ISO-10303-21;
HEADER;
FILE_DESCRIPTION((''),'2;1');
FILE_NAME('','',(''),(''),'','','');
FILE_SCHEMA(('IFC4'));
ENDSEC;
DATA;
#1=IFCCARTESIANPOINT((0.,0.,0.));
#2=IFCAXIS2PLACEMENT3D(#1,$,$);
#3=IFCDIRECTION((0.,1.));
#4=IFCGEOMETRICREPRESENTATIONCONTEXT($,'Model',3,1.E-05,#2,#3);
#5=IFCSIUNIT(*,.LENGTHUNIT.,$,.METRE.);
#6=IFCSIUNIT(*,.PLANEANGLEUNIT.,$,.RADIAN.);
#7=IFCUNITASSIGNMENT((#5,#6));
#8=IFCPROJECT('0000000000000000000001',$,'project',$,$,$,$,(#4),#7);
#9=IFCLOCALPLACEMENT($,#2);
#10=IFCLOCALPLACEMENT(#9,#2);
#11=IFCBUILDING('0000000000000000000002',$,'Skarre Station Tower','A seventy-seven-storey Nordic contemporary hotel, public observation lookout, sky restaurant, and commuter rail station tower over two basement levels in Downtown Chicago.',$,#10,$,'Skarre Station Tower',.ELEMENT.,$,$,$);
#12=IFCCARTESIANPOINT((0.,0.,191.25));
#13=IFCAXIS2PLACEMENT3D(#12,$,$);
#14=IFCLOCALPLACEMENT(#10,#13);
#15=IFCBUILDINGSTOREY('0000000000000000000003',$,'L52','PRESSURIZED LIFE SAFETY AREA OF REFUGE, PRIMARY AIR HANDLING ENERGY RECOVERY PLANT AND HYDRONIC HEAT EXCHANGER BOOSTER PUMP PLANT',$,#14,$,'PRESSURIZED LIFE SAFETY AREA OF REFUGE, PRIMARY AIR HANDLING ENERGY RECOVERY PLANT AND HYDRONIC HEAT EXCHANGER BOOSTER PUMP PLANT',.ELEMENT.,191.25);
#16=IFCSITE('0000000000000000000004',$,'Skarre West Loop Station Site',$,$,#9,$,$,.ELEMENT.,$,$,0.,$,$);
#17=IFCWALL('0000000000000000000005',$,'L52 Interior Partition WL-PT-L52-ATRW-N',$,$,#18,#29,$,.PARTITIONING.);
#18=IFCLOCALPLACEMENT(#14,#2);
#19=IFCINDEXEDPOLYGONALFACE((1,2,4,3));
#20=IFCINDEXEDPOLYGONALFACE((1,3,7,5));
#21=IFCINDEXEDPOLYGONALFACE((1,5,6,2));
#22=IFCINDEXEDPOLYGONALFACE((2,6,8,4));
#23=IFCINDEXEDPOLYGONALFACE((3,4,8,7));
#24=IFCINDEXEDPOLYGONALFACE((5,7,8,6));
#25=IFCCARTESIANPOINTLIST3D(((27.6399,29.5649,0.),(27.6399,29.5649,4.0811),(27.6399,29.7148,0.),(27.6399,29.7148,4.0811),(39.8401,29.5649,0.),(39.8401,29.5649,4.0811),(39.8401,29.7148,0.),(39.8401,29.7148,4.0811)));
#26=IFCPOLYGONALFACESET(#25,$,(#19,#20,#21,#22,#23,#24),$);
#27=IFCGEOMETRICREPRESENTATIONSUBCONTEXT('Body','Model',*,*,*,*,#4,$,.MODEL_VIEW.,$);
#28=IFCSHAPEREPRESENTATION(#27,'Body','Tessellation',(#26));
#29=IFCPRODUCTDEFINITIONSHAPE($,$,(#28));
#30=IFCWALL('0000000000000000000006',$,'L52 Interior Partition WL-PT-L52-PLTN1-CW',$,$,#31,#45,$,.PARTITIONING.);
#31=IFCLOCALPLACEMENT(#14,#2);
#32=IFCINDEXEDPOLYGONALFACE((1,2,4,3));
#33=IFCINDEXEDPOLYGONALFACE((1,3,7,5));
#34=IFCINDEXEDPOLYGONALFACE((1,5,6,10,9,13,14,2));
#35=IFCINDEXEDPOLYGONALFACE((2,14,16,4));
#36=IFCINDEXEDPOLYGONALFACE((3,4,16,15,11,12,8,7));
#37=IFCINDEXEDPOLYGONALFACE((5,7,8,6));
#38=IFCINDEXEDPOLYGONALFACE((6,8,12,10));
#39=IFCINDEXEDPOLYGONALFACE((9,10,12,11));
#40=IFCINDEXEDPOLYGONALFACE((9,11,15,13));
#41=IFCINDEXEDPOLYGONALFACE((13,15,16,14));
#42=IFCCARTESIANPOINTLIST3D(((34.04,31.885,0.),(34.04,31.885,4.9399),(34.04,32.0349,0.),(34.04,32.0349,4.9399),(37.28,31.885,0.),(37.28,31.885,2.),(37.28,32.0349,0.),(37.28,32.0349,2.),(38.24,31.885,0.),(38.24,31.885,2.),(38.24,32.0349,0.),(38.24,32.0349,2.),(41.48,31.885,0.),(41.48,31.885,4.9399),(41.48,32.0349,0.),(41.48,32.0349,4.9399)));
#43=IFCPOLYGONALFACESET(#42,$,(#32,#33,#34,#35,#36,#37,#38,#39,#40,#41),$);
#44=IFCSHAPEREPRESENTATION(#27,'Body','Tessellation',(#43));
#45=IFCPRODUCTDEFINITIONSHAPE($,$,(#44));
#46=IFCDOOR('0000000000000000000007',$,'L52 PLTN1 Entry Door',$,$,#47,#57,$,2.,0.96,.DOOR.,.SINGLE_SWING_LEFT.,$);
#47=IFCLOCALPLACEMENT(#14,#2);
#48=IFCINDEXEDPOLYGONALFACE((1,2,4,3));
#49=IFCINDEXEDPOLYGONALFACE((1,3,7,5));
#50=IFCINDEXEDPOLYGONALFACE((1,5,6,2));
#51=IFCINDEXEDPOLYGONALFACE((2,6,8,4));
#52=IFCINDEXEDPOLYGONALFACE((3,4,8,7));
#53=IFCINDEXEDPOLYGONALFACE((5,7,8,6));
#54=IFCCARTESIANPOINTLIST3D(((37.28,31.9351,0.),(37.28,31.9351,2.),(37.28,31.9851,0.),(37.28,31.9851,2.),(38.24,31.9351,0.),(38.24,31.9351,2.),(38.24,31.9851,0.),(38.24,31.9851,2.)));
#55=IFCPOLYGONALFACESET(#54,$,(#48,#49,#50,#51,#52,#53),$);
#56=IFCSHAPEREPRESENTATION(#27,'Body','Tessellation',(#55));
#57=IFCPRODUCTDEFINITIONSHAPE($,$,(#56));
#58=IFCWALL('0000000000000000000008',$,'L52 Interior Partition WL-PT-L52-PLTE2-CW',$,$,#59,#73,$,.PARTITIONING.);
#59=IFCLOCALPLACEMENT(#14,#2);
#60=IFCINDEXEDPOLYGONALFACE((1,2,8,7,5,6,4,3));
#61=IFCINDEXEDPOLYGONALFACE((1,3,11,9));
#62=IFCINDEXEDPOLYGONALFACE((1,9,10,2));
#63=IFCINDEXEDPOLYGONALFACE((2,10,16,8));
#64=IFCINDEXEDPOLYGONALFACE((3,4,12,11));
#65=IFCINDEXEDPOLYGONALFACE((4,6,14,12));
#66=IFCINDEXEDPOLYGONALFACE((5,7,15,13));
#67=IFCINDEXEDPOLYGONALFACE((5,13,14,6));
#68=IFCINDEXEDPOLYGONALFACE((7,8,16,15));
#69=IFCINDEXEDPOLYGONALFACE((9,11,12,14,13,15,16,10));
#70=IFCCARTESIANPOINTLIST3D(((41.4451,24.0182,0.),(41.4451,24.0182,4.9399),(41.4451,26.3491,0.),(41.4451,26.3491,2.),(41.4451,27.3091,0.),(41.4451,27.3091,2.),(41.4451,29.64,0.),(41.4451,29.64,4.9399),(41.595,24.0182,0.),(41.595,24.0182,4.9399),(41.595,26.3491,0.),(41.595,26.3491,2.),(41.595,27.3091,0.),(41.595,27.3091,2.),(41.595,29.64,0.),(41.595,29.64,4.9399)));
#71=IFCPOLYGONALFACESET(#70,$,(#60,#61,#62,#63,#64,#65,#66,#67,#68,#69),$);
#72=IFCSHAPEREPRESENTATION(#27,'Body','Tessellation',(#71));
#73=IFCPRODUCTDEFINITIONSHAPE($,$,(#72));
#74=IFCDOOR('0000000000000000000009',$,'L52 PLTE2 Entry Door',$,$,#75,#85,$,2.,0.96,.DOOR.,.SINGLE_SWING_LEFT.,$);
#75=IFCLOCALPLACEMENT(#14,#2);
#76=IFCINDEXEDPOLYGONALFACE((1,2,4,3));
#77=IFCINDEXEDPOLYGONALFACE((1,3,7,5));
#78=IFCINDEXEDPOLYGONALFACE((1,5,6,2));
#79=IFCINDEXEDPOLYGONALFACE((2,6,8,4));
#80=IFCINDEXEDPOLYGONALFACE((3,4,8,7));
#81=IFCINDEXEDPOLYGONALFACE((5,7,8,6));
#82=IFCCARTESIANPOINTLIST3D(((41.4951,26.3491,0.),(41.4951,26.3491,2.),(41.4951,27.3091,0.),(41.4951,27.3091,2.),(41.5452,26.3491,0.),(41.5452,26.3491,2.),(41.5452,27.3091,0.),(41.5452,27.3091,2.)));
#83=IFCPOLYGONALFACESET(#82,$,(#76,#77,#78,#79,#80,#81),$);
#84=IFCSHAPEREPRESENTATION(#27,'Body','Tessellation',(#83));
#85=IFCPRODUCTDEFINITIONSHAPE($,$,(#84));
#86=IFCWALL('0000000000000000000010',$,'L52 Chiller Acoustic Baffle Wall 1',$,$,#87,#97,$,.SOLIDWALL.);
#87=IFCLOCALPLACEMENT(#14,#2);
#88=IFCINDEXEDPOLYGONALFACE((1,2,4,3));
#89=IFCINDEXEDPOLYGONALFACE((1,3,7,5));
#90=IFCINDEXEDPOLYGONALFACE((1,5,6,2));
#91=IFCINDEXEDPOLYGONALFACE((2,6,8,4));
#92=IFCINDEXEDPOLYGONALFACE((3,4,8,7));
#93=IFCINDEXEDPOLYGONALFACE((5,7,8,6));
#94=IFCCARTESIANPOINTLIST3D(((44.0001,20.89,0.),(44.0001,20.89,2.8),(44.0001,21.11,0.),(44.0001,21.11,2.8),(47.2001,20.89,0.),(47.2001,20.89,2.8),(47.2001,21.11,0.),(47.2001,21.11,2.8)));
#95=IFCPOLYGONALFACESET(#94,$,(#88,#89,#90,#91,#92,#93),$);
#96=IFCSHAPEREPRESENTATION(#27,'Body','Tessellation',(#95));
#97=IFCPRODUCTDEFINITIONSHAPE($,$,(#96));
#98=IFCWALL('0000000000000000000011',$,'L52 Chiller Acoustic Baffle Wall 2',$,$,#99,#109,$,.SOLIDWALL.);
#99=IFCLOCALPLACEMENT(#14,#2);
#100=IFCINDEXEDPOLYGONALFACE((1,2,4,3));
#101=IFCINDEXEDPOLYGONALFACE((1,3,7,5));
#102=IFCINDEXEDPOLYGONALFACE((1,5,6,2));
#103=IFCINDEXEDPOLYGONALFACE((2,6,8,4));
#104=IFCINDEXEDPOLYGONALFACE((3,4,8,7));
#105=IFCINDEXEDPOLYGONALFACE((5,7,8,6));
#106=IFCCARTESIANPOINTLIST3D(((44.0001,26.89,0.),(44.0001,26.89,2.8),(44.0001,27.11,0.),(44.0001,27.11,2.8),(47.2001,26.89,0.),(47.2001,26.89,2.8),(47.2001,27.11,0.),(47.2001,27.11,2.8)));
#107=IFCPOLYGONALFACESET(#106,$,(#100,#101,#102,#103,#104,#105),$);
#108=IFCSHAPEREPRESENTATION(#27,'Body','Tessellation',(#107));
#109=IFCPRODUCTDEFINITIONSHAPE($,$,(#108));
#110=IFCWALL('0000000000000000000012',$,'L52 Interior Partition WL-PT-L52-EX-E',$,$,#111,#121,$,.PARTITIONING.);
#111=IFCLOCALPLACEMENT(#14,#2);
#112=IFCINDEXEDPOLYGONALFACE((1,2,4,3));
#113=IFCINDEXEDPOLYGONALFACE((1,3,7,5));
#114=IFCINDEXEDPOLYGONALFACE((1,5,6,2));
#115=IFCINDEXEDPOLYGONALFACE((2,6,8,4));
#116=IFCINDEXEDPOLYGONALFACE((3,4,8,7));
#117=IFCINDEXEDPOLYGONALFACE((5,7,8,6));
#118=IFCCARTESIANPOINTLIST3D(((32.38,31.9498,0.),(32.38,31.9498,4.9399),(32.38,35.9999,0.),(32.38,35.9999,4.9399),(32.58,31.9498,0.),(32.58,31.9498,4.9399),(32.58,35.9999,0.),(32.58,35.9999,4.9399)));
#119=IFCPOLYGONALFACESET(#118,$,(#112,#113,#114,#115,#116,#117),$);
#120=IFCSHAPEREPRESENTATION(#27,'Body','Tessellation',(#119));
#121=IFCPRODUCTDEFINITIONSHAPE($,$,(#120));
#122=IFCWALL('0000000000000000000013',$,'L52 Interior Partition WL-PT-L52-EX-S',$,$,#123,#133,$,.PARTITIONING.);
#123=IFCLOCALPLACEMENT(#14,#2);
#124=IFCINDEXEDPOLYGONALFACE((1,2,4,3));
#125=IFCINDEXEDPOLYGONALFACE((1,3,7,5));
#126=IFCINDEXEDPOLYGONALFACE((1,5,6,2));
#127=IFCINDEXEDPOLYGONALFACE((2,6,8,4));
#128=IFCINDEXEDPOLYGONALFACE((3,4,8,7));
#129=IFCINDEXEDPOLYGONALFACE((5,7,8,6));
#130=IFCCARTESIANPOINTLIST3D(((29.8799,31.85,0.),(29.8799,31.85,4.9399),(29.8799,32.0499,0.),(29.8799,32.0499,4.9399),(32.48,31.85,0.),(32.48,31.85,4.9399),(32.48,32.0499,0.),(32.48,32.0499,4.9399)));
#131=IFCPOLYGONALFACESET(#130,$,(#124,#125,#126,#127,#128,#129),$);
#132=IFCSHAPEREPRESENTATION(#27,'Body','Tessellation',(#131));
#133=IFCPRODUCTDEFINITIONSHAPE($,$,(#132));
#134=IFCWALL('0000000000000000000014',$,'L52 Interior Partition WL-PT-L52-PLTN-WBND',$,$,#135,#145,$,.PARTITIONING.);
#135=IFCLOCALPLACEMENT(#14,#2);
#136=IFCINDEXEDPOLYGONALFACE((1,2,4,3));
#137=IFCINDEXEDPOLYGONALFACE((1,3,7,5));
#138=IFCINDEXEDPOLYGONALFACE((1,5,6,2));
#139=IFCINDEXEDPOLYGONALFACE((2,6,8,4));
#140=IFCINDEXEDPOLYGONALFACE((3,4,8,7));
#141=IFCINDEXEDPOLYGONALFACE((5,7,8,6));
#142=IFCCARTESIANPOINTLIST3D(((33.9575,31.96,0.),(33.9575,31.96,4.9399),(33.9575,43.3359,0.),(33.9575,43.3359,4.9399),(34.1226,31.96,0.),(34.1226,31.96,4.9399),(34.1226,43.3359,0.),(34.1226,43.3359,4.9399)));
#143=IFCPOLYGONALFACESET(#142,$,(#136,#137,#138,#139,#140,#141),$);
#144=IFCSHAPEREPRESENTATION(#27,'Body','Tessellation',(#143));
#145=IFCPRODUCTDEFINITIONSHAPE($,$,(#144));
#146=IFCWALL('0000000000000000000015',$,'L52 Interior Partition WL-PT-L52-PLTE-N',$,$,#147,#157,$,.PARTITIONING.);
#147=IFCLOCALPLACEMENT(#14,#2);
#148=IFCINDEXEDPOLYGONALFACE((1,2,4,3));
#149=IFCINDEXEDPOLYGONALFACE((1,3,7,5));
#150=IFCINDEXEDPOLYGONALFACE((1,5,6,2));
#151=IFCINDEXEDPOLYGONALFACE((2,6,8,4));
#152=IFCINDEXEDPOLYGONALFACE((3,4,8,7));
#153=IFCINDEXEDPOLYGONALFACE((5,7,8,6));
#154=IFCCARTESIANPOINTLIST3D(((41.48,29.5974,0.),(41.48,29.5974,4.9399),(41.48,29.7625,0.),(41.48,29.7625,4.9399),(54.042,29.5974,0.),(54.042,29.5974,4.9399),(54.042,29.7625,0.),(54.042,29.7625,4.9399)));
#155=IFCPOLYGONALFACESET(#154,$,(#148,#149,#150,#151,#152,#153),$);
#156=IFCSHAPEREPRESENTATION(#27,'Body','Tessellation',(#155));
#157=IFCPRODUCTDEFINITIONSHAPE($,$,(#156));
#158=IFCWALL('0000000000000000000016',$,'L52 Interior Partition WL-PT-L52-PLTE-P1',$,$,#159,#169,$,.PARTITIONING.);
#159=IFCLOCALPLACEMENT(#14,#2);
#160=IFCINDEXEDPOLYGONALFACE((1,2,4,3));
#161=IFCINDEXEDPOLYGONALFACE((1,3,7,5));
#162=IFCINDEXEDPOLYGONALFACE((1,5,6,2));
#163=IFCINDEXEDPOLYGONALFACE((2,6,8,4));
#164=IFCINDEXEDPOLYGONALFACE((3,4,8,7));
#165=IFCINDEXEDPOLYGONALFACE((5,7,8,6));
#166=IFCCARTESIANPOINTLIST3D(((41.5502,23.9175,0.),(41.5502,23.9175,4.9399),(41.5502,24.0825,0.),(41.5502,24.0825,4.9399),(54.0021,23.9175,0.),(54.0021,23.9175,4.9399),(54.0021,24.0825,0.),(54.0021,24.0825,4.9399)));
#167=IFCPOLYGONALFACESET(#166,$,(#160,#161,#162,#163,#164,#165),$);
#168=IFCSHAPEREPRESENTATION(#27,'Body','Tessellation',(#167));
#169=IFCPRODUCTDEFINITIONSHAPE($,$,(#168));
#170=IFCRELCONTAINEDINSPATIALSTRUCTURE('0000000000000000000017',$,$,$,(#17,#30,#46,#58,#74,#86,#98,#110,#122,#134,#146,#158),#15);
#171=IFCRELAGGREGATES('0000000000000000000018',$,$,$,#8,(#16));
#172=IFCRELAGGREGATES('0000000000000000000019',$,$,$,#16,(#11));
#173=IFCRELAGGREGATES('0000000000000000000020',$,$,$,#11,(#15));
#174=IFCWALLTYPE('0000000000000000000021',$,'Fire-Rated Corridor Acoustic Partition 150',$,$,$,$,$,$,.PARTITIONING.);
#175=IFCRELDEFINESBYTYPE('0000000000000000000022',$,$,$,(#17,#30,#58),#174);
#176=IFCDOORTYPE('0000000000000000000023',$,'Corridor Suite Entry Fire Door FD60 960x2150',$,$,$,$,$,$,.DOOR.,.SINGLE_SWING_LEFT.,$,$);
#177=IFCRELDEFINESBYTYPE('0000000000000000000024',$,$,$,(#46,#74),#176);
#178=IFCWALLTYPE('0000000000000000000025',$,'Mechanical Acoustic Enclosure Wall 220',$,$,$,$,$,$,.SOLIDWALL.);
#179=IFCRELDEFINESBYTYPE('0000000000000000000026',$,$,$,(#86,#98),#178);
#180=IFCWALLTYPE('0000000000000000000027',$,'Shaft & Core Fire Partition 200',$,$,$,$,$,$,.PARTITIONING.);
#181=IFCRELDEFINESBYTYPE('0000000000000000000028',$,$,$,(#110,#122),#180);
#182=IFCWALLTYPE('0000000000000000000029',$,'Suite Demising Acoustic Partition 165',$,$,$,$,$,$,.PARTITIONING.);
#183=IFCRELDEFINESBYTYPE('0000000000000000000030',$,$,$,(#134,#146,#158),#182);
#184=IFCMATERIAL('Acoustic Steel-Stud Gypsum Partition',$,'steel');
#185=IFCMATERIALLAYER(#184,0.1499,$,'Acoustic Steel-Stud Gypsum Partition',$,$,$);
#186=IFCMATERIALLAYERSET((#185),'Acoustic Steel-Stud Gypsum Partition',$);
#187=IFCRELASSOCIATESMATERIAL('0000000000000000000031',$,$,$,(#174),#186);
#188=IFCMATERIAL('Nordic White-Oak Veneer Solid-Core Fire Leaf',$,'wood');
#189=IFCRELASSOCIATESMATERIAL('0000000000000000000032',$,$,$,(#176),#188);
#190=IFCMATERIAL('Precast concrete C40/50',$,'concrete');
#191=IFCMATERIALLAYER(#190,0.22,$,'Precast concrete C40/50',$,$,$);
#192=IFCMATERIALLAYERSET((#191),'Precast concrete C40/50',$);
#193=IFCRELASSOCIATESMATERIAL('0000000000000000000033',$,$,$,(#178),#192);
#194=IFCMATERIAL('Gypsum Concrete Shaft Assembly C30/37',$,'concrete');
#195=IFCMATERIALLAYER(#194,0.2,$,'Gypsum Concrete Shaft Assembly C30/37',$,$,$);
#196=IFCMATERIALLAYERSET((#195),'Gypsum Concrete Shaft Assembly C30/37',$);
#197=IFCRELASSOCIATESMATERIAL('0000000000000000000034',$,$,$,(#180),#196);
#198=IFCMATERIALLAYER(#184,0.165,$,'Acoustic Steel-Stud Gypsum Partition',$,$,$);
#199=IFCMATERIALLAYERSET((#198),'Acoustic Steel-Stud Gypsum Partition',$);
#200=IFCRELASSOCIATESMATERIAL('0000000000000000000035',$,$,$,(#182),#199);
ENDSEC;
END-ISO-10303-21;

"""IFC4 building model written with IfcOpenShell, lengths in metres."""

from ifc_helpers import new_model, si_unit, direction, frame, frame_2d, origin, place, context, subcontext, project, spatial, rectangle, extrude, material, layer, layer_set, type_object, element, fill, save


model = new_model("IFC4")

# Units and contexts
model_context = context("Model", 3, precision=1e-05, world=origin(), true_north=direction((0.0, 1.0)))
body_context = subcontext(model_context, "Body", "Model", "MODEL_VIEW")
ifc_project = project(units=[si_unit("LENGTHUNIT", "METRE"), si_unit("PLANEANGLEUNIT", "RADIAN")], contexts=[model_context])

# Site, building, storey
site_placement = place(None, origin())
site = spatial("IfcSite", under=ifc_project, at=site_placement, Name="Skarre West Loop Station Site", CompositionType="ELEMENT", RefElevation=0.0)
building_placement = place(site_placement, origin())
building = spatial("IfcBuilding", under=site, at=building_placement, Name="Skarre Station Tower", Description="A seventy-seven-storey Nordic contemporary hotel, public observation lookout, sky restaurant, and commuter rail station tower over two basement levels in Downtown Chicago.", LongName="Skarre Station Tower", CompositionType="ELEMENT")
storey_placement = place(building_placement, frame((0.0, 0.0, 191.25)))
storey = spatial("IfcBuildingStorey", under=building, at=storey_placement, Name="L52", Description="PRESSURIZED LIFE SAFETY AREA OF REFUGE, PRIMARY AIR HANDLING ENERGY RECOVERY PLANT AND HYDRONIC HEAT EXCHANGER BOOSTER PUMP PLANT", LongName="PRESSURIZED LIFE SAFETY AREA OF REFUGE, PRIMARY AIR HANDLING ENERGY RECOVERY PLANT AND HYDRONIC HEAT EXCHANGER BOOSTER PUMP PLANT", CompositionType="ELEMENT", Elevation=191.25)

# Wall
ifc_material_1 = material(Name="Acoustic Steel-Stud Gypsum Partition", Category="steel")
ifc_layer_1 = layer(ifc_material_1, 0.1499, Name="Acoustic Steel-Stud Gypsum Partition")
ifc_layer_set_1 = layer_set([ifc_layer_1], Name="Acoustic Steel-Stud Gypsum Partition")
wall_type_1 = type_object("IfcWallType", Name="Fire-Rated Corridor Acoustic Partition 150", PredefinedType="PARTITIONING", material=ifc_layer_set_1)
wall_1_placement = place(storey_placement, frame((39.8401, 29.6399, 0.0), z_axis=(0.0, 0.0, 1.0), x_axis=(-1.0, 0.0, 0.0)))
element("IfcWall", 1, at=wall_1_placement, inside=storey, type_object=wall_type_1, Name="L52 Interior Partition WL-PT-L52-ATRW-N", PredefinedType="PARTITIONING", context=body_context, shape_type="SweptSolid", body=[
    extrude(rectangle(XDim=12.2002, YDim=0.1499, at=frame_2d((6.1001, 0.0))), origin(), (0.0, 0.0, 1.0), 4.0811),
])

# Walls, openings, doors
wall_2_placement = place(storey_placement, frame((41.48, 31.96, 0.0), z_axis=(0.0, 0.0, 1.0), x_axis=(-1.0, 0.0, 0.0)))
wall_2 = element("IfcWall", 2, at=wall_2_placement, inside=storey, type_object=wall_type_1, Name="L52 Interior Partition WL-PT-L52-PLTN1-CW", PredefinedType="PARTITIONING", context=body_context, shape_type="SweptSolid", body=[
    extrude(rectangle(XDim=7.4399, YDim=0.1499, at=frame_2d((3.72, 0.0))), origin(), (0.0, 0.0, 1.0), 4.9399),
])
opening_1_placement = place(wall_2_placement, frame((3.24, 0.0, 0.0)))
opening_1 = element("IfcOpeningElement", 3, at=opening_1_placement, cuts=wall_2, PredefinedType="OPENING", context=body_context, shape_type="SweptSolid", body=[
    extrude(rectangle(XDim=0.96, YDim=2.0, at=frame_2d((0.48, 1.0))), frame((0.0, 0.085, 0.0), z_axis=(0.0, -1.0, 0.0), x_axis=(1.0, 0.0, 0.0)), (0.0, 0.0, 1.0), 0.1699),
])
ifc_material_2 = material(Name="Nordic White-Oak Veneer Solid-Core Fire Leaf", Category="wood")
door_type = type_object("IfcDoorType", Name="Corridor Suite Entry Fire Door FD60 960x2150", OperationType="SINGLE_SWING_LEFT", PredefinedType="DOOR", material=ifc_material_2)
door_1_placement = place(opening_1_placement, origin())
door_1 = element("IfcDoor", 4, at=door_1_placement, inside=storey, type_object=door_type, Name="L52 PLTN1 Entry Door", OperationType="SINGLE_SWING_LEFT", OverallHeight=2.0, OverallWidth=0.96, PredefinedType="DOOR", context=body_context, shape_type="SweptSolid", body=[
    extrude(rectangle(XDim=0.96, YDim=2.0, at=frame_2d((0.48, 1.0))), frame((0.0, 0.0249, 0.0), z_axis=(0.0, -1.0, 0.0), x_axis=(1.0, 0.0, 0.0)), (0.0, 0.0, 1.0), 0.05),
])
fill(opening_1, door_1)
wall_3_placement = place(storey_placement, frame((41.52, 24.0181, 0.0), z_axis=(0.0, 0.0, 1.0), x_axis=(0.0, 1.0, 0.0)))
wall_3 = element("IfcWall", 5, at=wall_3_placement, inside=storey, type_object=wall_type_1, Name="L52 Interior Partition WL-PT-L52-PLTE2-CW", PredefinedType="PARTITIONING", context=body_context, shape_type="SweptSolid", body=[
    extrude(rectangle(XDim=5.6218, YDim=0.1499, at=frame_2d((2.811, 0.0))), origin(), (0.0, 0.0, 1.0), 4.9399),
])
opening_2_placement = place(wall_3_placement, frame((2.3311, 0.0, 0.0)))
opening_2 = element("IfcOpeningElement", 6, at=opening_2_placement, cuts=wall_3, PredefinedType="OPENING", context=body_context, shape_type="SweptSolid", body=[
    extrude(rectangle(XDim=0.96, YDim=2.0, at=frame_2d((0.48, 1.0))), frame((0.0, 0.085, 0.0), z_axis=(0.0, -1.0, 0.0), x_axis=(1.0, 0.0, 0.0)), (0.0, 0.0, 1.0), 0.1699),
])
door_2_placement = place(opening_2_placement, origin())
door_2 = element("IfcDoor", 7, at=door_2_placement, inside=storey, type_object=door_type, Name="L52 PLTE2 Entry Door", OperationType="SINGLE_SWING_LEFT", OverallHeight=2.0, OverallWidth=0.96, PredefinedType="DOOR", context=body_context, shape_type="SweptSolid", body=[
    extrude(rectangle(XDim=0.96, YDim=2.0, at=frame_2d((0.48, 1.0))), frame((0.0, 0.0249, 0.0), z_axis=(0.0, -1.0, 0.0), x_axis=(1.0, 0.0, 0.0)), (0.0, 0.0, 1.0), 0.05),
])
fill(opening_2, door_2)

# Walls
ifc_material_3 = material(Name="Precast concrete C40/50", Category="concrete")
ifc_layer_2 = layer(ifc_material_3, 0.22, Name="Precast concrete C40/50")
ifc_layer_set_2 = layer_set([ifc_layer_2], Name="Precast concrete C40/50")
wall_type_2 = type_object("IfcWallType", Name="Mechanical Acoustic Enclosure Wall 220", PredefinedType="SOLIDWALL", material=ifc_layer_set_2)
for number, where, z_axis, x_axis, name in (
    (8, (44.0, 21.0, 0.0), (0.0, 0.0, 1.0), (1.0, 0.0, 0.0), "L52 Chiller Acoustic Baffle Wall 1"),
    (9, (44.0, 27.0, 0.0), (0.0, 0.0, 1.0), (1.0, 0.0, 0.0), "L52 Chiller Acoustic Baffle Wall 2"),
):
    element("IfcWall", number, at=place(storey_placement, frame(where, z_axis=z_axis, x_axis=x_axis)), inside=storey, type_object=wall_type_2, Name=name, PredefinedType="SOLIDWALL", context=body_context, shape_type="SweptSolid", body=[
        extrude(rectangle(XDim=3.2, YDim=0.22, at=frame_2d((1.6001, 0.0))), origin(), (0.0, 0.0, 1.0), 2.8),
    ])
ifc_material_4 = material(Name="Gypsum Concrete Shaft Assembly C30/37", Category="concrete")
ifc_layer_3 = layer(ifc_material_4, 0.2, Name="Gypsum Concrete Shaft Assembly C30/37")
ifc_layer_set_3 = layer_set([ifc_layer_3], Name="Gypsum Concrete Shaft Assembly C30/37")
wall_type_3 = type_object("IfcWallType", Name="Shaft & Core Fire Partition 200", PredefinedType="PARTITIONING", material=ifc_layer_set_3)
wall_4_placement = place(storey_placement, frame((32.48, 31.95, 0.0), z_axis=(0.0, 0.0, 1.0), x_axis=(0.0, 1.0, 0.0)))
element("IfcWall", 10, at=wall_4_placement, inside=storey, type_object=wall_type_3, Name="L52 Interior Partition WL-PT-L52-EX-E", PredefinedType="PARTITIONING", context=body_context, shape_type="SweptSolid", body=[
    extrude(rectangle(XDim=4.05, YDim=0.2, at=frame_2d((2.0249, 0.0))), origin(), (0.0, 0.0, 1.0), 4.9399),
])
wall_5_placement = place(storey_placement, frame((32.48, 31.95, 0.0), z_axis=(0.0, 0.0, 1.0), x_axis=(-1.0, 0.0, 0.0)))
element("IfcWall", 11, at=wall_5_placement, inside=storey, type_object=wall_type_3, Name="L52 Interior Partition WL-PT-L52-EX-S", PredefinedType="PARTITIONING", context=body_context, shape_type="SweptSolid", body=[
    extrude(rectangle(XDim=2.6001, YDim=0.2, at=frame_2d((1.3, 0.0))), origin(), (0.0, 0.0, 1.0), 4.9399),
])
ifc_layer_4 = layer(ifc_material_1, 0.165, Name="Acoustic Steel-Stud Gypsum Partition")
ifc_layer_set_4 = layer_set([ifc_layer_4], Name="Acoustic Steel-Stud Gypsum Partition")
wall_type_4 = type_object("IfcWallType", Name="Suite Demising Acoustic Partition 165", PredefinedType="PARTITIONING", material=ifc_layer_set_4)
wall_6_placement = place(storey_placement, frame((34.04, 31.96, 0.0), z_axis=(0.0, 0.0, 1.0), x_axis=(0.0, 1.0, 0.0)))
element("IfcWall", 12, at=wall_6_placement, inside=storey, type_object=wall_type_4, Name="L52 Interior Partition WL-PT-L52-PLTN-WBND", PredefinedType="PARTITIONING", context=body_context, shape_type="SweptSolid", body=[
    extrude(rectangle(XDim=11.376, YDim=0.165, at=frame_2d((5.688, 0.0))), origin(), (0.0, 0.0, 1.0), 4.9399),
])
wall_7_placement = place(storey_placement, frame((41.48, 29.6799, 0.0), z_axis=(0.0, 0.0, 1.0), x_axis=(1.0, 0.0, 0.0)))
element("IfcWall", 13, at=wall_7_placement, inside=storey, type_object=wall_type_4, Name="L52 Interior Partition WL-PT-L52-PLTE-N", PredefinedType="PARTITIONING", context=body_context, shape_type="SweptSolid", body=[
    extrude(rectangle(XDim=12.562, YDim=0.165, at=frame_2d((6.281, 0.0))), origin(), (0.0, 0.0, 1.0), 4.9399),
])
wall_8_placement = place(storey_placement, frame((41.55, 24.0, 0.0), z_axis=(0.0, 0.0, 1.0), x_axis=(1.0, 0.0, 0.0)))
element("IfcWall", 14, at=wall_8_placement, inside=storey, type_object=wall_type_4, Name="L52 Interior Partition WL-PT-L52-PLTE-P1", PredefinedType="PARTITIONING", context=body_context, shape_type="SweptSolid", body=[
    extrude(rectangle(XDim=12.4519, YDim=0.165, at=frame_2d((6.2261, 0.0))), origin(), (0.0, 0.0, 1.0), 4.9399),
])

save(model, "model.ifc")
